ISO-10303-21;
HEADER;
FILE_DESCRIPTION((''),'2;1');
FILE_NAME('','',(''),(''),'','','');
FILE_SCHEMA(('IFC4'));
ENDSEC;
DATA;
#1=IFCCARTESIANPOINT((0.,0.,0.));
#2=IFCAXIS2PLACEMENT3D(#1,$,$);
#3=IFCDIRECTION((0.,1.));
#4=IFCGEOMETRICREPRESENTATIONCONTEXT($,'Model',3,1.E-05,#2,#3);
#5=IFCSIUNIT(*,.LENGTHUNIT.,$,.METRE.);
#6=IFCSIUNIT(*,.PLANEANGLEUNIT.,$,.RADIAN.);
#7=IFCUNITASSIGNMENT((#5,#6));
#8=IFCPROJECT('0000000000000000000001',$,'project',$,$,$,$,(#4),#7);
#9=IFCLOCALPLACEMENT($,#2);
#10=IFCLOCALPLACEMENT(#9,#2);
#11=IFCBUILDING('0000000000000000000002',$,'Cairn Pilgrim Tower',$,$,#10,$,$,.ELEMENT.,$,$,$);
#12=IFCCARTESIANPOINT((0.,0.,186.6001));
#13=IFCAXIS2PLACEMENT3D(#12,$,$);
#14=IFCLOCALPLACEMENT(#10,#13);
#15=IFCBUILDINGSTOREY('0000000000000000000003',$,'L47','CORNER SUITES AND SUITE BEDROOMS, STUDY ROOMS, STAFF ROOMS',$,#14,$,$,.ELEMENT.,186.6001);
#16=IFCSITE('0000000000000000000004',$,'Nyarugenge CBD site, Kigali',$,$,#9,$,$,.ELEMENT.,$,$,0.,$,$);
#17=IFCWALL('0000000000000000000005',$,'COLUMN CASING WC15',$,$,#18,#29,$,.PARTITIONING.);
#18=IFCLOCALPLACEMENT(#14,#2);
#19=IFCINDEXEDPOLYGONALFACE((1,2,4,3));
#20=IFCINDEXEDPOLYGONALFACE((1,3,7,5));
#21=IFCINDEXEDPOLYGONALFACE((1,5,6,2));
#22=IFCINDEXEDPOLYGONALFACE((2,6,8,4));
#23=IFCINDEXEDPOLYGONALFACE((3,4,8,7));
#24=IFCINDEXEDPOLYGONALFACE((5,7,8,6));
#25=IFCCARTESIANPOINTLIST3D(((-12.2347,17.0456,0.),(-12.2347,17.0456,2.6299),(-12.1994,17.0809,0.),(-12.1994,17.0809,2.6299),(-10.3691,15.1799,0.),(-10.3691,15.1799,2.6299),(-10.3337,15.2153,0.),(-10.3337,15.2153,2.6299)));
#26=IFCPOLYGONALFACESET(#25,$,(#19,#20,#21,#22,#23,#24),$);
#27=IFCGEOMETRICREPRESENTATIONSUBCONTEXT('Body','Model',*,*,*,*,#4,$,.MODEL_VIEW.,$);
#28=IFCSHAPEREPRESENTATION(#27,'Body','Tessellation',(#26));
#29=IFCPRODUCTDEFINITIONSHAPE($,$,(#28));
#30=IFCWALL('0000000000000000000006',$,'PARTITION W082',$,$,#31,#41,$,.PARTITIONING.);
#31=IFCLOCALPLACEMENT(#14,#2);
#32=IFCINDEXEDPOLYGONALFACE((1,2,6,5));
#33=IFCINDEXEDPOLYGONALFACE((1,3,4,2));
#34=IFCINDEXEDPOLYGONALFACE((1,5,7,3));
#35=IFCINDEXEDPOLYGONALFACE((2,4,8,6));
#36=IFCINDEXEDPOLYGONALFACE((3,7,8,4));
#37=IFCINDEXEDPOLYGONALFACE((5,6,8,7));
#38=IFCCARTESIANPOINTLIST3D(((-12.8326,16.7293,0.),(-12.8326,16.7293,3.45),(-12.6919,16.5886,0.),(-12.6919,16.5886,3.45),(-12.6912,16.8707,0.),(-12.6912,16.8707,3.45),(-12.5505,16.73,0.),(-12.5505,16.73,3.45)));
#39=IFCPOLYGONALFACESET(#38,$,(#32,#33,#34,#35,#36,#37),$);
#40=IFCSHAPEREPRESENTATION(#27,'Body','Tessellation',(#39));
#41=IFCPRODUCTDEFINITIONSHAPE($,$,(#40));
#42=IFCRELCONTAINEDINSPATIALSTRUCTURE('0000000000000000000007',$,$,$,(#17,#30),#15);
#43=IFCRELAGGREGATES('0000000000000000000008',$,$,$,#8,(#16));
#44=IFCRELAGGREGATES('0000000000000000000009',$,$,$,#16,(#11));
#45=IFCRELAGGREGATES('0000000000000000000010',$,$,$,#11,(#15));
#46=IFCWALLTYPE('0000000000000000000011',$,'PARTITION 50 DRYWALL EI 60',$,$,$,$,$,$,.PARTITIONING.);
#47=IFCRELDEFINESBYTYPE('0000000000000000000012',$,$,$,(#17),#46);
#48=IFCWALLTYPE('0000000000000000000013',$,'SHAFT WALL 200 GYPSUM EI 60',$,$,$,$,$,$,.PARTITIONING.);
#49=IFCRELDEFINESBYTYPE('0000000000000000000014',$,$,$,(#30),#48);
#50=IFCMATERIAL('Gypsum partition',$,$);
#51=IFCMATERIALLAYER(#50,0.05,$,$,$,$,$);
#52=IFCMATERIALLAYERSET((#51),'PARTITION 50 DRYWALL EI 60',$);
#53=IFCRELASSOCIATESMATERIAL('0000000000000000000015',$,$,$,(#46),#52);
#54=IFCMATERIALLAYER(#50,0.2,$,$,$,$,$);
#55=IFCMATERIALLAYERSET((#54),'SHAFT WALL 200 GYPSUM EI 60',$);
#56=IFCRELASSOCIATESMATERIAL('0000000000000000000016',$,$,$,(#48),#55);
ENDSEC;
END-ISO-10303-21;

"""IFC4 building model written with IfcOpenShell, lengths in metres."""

from ifc_helpers import new_model, si_unit, direction, frame, frame_2d, origin, place, context, subcontext, project, spatial, rectangle, extrude, material, layer, layer_set, type_object, element, save


model = new_model("IFC4")

# Units and contexts
model_context = context("Model", 3, precision=1e-05, world=origin(), true_north=direction((0.0, 1.0)))
body_context = subcontext(model_context, "Body", "Model", "MODEL_VIEW")
ifc_project = project(units=[si_unit("LENGTHUNIT", "METRE"), si_unit("PLANEANGLEUNIT", "RADIAN")], contexts=[model_context])

# Site, building, storey
site_placement = place(None, origin())
site = spatial("IfcSite", under=ifc_project, at=site_placement, Name="Nyarugenge CBD site, Kigali", CompositionType="ELEMENT", RefElevation=0.0)
building_placement = place(site_placement, origin())
building = spatial("IfcBuilding", under=site, at=building_placement, Name="Cairn Pilgrim Tower", CompositionType="ELEMENT")
storey_placement = place(building_placement, frame((0.0, 0.0, 186.6001)))
storey = spatial("IfcBuildingStorey", under=building, at=storey_placement, Name="L47", Description="CORNER SUITES AND SUITE BEDROOMS, STUDY ROOMS, STAFF ROOMS", CompositionType="ELEMENT", Elevation=186.6001)

# Shared definitions
ifc_material_1 = material(Name="Gypsum partition")

# Walls
ifc_layer_1 = layer(ifc_material_1, 0.05)
ifc_layer_set_1 = layer_set([ifc_layer_1], Name="PARTITION 50 DRYWALL EI 60")
wall_type_1 = type_object("IfcWallType", Name="PARTITION 50 DRYWALL EI 60", PredefinedType="PARTITIONING", material=ifc_layer_set_1)
for number, where, z_axis, x_axis, name in (
    (1, (-10.3513, 15.1975, 0.0), (0.0, 0.0, 1.0), (-0.707107, 0.707107, 0.0), "COLUMN CASING WC15"),
):
    element("IfcWall", number, at=place(storey_placement, frame(where, z_axis=z_axis, x_axis=x_axis)), inside=storey, type_object=wall_type_1, Name=name, PredefinedType="PARTITIONING", context=body_context, shape_type="SweptSolid", body=[
        extrude(rectangle(XDim=2.6384, YDim=0.05, at=frame_2d((1.3193, 0.0))), origin(), (0.0, 0.0, 1.0), 2.6299),
    ])
ifc_layer_2 = layer(ifc_material_1, 0.2)
ifc_layer_set_2 = layer_set([ifc_layer_2], Name="SHAFT WALL 200 GYPSUM EI 60")
wall_type_2 = type_object("IfcWallType", Name="SHAFT WALL 200 GYPSUM EI 60", PredefinedType="PARTITIONING", material=ifc_layer_set_2)
wall_1_placement = place(storey_placement, frame((-12.6211, 16.6592, 0.0), z_axis=(0.0, 0.0, 1.0), x_axis=(-0.707107, 0.707107, 0.0)))
element("IfcWall", 2, at=wall_1_placement, inside=storey, type_object=wall_type_2, Name="PARTITION W082", PredefinedType="PARTITIONING", context=body_context, shape_type="SweptSolid", body=[
    extrude(rectangle(XDim=0.199, YDim=0.2, at=frame_2d((0.0996, 0.0))), origin(), (0.0, 0.0, 1.0), 3.45),
])

save(model, "model.ifc")
